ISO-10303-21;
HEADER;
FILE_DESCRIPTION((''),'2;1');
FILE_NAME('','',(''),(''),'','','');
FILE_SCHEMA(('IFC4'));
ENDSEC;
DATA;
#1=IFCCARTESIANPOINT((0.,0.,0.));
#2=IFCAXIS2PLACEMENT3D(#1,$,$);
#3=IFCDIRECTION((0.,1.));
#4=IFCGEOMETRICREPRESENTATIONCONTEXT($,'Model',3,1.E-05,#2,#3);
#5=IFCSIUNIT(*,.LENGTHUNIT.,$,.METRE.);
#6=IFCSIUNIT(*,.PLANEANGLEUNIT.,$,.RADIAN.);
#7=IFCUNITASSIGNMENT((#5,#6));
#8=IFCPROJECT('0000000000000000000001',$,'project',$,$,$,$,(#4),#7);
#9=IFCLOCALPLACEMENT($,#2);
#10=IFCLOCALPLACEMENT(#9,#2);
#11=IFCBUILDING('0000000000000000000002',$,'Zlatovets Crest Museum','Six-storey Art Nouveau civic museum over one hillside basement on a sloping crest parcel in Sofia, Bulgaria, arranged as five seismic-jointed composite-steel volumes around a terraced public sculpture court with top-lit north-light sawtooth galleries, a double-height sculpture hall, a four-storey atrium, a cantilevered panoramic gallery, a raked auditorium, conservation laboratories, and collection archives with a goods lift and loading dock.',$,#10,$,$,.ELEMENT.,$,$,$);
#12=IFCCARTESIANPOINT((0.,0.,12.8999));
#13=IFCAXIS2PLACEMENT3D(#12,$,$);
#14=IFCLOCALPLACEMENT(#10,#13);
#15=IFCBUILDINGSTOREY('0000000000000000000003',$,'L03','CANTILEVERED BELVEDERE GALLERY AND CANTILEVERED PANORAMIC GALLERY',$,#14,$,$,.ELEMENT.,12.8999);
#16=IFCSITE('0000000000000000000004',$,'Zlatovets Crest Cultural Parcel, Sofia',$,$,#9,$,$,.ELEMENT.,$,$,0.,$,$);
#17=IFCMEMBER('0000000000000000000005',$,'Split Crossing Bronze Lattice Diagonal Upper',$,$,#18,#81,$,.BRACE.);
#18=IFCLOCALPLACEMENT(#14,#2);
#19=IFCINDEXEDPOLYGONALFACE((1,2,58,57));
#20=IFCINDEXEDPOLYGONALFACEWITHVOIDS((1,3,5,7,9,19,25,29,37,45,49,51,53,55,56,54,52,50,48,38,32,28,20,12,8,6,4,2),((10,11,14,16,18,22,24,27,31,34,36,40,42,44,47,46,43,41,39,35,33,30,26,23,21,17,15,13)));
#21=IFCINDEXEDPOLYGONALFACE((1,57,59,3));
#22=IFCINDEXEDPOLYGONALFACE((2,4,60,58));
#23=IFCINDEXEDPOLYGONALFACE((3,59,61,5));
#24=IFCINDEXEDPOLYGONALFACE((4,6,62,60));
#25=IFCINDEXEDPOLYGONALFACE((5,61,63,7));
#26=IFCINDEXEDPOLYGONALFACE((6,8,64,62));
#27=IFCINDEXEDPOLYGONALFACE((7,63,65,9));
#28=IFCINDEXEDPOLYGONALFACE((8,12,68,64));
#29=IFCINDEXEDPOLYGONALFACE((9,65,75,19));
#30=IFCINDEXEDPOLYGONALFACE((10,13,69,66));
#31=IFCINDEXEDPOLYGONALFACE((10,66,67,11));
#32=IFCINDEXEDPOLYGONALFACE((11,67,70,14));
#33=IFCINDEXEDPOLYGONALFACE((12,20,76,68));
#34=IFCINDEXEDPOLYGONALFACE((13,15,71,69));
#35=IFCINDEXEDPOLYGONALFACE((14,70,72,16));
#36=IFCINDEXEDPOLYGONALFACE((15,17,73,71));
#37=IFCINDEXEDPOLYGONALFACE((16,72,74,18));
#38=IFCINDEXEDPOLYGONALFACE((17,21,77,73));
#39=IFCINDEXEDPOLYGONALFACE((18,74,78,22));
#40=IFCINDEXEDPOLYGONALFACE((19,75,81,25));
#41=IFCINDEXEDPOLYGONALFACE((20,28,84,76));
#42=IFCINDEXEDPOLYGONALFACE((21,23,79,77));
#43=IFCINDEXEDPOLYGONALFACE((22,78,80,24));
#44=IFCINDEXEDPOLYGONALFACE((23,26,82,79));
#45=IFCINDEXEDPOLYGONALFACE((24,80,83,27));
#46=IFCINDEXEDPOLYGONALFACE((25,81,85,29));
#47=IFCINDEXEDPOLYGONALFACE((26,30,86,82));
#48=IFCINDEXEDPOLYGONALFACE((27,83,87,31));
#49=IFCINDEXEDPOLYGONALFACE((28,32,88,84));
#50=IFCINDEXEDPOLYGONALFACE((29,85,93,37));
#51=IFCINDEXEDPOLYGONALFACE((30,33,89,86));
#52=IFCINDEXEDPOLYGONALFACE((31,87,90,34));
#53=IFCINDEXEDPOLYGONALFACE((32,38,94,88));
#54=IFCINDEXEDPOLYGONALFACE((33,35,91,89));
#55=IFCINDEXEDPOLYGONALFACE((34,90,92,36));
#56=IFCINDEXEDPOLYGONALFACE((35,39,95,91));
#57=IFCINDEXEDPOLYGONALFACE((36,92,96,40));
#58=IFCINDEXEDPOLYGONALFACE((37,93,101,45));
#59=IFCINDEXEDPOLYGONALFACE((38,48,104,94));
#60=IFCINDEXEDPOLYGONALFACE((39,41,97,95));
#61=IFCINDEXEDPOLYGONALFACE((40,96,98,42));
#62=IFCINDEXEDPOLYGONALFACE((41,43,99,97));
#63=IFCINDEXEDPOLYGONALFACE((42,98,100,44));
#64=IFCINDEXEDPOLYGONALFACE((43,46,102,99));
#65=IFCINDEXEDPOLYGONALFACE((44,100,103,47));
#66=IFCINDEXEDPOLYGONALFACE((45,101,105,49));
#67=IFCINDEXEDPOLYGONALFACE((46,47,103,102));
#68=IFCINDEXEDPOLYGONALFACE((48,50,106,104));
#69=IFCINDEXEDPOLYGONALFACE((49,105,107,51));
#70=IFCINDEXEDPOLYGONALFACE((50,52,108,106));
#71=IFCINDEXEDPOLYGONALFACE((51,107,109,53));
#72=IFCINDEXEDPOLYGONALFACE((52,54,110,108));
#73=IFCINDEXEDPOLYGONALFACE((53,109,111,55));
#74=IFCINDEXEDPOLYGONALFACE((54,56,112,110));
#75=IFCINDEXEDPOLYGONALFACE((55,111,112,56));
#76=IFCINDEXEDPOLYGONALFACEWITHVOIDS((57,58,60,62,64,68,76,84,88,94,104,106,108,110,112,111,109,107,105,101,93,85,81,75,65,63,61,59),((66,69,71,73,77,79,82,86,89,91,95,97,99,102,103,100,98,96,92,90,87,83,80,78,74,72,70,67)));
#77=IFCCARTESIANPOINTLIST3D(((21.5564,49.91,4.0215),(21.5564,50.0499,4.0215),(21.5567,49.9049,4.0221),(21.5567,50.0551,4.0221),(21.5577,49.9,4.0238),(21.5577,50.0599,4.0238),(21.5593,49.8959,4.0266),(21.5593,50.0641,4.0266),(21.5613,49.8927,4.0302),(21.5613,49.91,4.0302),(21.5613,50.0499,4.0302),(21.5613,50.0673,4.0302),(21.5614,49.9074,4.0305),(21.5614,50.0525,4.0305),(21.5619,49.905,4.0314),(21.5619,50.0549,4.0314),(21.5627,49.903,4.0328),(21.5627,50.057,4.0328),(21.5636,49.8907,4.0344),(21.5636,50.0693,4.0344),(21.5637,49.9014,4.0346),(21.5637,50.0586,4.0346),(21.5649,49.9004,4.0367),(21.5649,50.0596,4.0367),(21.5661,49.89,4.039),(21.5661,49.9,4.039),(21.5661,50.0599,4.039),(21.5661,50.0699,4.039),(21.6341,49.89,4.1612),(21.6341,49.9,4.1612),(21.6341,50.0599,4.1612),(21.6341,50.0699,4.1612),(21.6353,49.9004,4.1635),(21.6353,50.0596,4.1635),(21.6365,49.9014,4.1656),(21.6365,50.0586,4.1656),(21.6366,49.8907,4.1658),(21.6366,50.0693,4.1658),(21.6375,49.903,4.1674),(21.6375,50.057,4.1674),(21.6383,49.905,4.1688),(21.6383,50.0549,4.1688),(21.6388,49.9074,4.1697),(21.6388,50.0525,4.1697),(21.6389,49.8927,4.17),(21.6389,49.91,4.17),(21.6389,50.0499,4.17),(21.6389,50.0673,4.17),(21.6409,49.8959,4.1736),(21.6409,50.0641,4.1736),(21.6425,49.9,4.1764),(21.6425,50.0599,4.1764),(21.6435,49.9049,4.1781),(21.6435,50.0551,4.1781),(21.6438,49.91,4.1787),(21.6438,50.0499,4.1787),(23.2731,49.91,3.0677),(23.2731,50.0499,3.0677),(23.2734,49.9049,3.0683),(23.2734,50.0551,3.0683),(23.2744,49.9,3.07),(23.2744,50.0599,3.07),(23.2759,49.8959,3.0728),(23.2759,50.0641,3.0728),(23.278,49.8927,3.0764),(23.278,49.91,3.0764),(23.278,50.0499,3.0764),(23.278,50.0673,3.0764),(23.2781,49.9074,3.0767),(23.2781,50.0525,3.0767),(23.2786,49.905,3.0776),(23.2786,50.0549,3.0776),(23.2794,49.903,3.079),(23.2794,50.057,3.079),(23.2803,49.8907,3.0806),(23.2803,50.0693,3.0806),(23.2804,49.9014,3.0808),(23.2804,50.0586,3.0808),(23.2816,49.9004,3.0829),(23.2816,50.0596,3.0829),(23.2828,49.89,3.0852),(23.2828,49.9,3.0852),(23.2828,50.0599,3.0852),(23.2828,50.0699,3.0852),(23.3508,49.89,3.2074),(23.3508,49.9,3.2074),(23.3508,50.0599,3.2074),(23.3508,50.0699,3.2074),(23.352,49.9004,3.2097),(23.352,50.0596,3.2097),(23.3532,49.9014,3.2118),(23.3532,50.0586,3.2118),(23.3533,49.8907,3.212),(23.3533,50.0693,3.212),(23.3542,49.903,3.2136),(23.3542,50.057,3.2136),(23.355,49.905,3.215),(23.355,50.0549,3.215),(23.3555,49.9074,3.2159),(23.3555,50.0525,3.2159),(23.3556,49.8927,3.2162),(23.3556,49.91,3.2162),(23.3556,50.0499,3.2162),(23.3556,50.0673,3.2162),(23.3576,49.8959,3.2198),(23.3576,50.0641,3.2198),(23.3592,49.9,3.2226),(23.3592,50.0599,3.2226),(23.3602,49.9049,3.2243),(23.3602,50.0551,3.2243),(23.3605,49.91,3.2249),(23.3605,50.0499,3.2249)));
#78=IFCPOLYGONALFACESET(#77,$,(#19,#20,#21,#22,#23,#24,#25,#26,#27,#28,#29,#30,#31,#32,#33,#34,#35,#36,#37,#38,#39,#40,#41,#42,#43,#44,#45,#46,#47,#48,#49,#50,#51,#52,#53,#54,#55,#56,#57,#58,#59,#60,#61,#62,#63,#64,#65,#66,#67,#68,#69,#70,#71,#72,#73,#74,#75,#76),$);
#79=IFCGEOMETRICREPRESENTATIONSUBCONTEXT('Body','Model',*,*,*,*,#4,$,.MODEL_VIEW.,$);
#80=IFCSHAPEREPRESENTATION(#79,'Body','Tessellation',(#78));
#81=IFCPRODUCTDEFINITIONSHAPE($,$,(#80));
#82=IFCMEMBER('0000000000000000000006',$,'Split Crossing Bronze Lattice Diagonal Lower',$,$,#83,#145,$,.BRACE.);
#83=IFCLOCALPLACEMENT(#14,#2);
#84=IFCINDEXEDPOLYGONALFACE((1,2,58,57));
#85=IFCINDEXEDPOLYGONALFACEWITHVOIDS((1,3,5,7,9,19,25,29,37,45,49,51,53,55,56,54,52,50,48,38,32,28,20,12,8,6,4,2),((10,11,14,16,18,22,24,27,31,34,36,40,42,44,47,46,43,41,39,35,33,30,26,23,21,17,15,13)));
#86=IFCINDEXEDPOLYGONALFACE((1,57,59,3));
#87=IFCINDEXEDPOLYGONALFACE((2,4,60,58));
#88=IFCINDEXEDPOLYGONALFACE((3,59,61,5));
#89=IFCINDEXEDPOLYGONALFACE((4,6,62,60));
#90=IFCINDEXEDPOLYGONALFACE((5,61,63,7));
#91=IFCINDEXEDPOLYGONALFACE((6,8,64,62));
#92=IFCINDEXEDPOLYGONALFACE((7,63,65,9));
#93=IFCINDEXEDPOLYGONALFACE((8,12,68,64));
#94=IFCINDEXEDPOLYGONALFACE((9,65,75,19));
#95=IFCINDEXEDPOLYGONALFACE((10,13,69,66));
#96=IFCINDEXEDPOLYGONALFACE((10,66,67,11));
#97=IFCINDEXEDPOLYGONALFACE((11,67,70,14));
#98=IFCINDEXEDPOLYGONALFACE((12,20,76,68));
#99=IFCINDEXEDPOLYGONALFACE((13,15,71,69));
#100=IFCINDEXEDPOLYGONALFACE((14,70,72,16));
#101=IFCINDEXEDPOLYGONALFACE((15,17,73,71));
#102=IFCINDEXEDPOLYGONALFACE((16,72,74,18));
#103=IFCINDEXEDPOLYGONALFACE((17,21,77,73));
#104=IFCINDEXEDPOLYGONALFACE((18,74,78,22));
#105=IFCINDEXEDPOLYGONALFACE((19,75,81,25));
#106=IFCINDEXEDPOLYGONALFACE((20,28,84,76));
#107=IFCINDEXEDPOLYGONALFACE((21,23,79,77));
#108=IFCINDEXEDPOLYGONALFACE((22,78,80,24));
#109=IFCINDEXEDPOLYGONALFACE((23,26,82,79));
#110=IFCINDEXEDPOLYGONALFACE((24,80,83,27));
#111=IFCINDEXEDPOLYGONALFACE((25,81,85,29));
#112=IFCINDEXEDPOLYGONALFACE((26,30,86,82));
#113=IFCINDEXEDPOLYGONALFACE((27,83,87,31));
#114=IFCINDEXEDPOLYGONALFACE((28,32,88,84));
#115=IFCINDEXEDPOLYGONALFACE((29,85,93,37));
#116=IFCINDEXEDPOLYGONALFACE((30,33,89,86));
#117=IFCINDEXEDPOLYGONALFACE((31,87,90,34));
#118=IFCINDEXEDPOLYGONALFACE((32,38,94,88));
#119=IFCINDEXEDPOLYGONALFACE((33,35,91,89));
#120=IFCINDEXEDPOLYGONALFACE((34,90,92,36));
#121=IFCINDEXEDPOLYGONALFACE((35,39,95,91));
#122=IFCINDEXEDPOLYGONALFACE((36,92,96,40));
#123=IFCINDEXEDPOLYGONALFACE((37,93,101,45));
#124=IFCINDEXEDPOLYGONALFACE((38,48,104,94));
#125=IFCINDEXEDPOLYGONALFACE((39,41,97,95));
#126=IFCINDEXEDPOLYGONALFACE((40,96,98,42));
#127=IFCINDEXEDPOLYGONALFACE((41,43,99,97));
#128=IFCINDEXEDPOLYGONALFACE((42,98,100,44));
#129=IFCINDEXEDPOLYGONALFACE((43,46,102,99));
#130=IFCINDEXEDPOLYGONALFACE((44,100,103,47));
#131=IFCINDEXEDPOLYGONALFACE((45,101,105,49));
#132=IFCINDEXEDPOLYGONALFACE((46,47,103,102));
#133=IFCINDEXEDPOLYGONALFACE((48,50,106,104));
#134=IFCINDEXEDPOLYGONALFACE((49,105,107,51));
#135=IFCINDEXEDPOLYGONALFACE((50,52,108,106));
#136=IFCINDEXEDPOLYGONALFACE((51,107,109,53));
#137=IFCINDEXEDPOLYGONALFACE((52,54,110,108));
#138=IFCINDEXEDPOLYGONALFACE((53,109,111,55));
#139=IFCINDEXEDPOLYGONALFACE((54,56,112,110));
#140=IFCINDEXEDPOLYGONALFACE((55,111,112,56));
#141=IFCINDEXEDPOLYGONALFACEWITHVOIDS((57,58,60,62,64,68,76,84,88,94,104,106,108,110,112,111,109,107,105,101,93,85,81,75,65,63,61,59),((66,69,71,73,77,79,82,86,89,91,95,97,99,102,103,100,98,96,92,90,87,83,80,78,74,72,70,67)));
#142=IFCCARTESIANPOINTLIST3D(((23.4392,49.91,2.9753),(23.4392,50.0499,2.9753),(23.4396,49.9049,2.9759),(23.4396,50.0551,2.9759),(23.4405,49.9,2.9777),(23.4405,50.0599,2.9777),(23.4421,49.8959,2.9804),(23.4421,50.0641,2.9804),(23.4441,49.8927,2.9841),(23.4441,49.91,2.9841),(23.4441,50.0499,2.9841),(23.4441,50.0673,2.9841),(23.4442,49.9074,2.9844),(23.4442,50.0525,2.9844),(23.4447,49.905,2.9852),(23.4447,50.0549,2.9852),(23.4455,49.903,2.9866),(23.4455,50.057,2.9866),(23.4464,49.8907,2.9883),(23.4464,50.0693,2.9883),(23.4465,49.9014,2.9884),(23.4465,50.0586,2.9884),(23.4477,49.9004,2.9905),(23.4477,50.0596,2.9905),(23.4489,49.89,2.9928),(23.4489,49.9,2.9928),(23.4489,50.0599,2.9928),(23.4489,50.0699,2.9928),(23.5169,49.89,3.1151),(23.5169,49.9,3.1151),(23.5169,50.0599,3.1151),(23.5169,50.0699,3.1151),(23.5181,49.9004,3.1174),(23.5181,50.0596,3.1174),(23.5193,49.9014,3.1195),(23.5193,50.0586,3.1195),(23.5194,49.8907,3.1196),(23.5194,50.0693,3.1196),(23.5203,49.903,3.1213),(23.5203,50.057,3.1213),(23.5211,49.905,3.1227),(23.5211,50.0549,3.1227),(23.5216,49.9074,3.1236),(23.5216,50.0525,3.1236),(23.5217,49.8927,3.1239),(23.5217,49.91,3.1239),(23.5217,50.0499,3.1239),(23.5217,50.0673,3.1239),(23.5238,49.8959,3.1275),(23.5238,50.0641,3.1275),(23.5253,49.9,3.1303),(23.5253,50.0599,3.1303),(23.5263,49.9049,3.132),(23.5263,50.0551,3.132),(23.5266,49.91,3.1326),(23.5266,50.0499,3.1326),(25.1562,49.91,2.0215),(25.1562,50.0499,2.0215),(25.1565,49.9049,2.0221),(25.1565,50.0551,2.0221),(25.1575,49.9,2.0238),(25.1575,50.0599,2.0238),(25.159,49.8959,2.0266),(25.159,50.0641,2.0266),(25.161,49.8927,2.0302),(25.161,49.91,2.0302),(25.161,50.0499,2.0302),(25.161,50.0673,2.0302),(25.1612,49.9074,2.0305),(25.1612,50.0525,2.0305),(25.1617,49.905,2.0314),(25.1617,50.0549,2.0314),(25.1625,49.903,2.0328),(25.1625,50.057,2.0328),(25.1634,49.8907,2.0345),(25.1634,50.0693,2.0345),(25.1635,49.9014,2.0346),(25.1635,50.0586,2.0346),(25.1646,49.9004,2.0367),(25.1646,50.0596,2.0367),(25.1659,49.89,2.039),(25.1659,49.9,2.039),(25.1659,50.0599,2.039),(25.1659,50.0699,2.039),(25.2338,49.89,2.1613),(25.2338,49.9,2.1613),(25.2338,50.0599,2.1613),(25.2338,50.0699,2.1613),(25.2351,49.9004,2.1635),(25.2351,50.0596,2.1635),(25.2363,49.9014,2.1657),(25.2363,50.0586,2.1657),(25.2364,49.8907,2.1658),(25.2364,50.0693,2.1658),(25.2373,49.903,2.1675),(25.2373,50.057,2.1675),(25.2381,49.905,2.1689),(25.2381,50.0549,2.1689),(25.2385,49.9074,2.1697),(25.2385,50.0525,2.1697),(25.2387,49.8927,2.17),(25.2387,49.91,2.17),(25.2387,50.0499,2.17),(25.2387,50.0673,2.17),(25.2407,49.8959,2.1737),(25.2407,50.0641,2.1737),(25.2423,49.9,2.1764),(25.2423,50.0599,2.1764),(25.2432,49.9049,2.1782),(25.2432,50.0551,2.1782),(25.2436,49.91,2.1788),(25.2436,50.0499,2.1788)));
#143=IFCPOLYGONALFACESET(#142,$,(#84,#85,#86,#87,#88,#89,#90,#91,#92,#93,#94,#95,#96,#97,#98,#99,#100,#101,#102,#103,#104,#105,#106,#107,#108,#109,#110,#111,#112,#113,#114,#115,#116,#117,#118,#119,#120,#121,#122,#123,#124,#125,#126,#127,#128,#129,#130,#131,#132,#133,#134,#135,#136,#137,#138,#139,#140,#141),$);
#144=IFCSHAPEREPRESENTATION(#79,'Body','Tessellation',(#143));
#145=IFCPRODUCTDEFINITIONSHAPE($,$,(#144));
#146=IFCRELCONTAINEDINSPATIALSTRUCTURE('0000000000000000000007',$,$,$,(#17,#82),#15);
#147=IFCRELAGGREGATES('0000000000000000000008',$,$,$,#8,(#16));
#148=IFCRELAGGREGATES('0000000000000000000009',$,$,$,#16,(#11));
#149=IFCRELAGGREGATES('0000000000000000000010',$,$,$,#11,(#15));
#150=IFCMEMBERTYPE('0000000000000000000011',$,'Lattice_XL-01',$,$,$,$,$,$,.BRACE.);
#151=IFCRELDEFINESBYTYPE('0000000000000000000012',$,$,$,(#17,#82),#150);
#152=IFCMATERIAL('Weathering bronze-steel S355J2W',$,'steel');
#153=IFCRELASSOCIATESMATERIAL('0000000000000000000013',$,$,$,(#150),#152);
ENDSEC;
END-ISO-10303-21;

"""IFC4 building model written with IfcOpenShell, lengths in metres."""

from ifc_helpers import new_model, si_unit, direction, frame, origin, origin_2d, place, context, subcontext, project, spatial, hollow_rectangle, extrude, material, material_profile, profile_set, type_object, element, save


model = new_model("IFC4")

# Units and contexts
model_context = context("Model", 3, precision=1e-05, world=origin(), true_north=direction((0.0, 1.0)))
body_context = subcontext(model_context, "Body", "Model", "MODEL_VIEW")
ifc_project = project(units=[si_unit("LENGTHUNIT", "METRE"), si_unit("PLANEANGLEUNIT", "RADIAN")], contexts=[model_context])

# Site, building, storey
site_placement = place(None, origin())
site = spatial("IfcSite", under=ifc_project, at=site_placement, Name="Zlatovets Crest Cultural Parcel, Sofia", CompositionType="ELEMENT", RefElevation=0.0)
building_placement = place(site_placement, origin())
building = spatial("IfcBuilding", under=site, at=building_placement, Name="Zlatovets Crest Museum", Description="Six-storey Art Nouveau civic museum over one hillside basement on a sloping crest parcel in Sofia, Bulgaria, arranged as five seismic-jointed composite-steel volumes around a terraced public sculpture court with top-lit north-light sawtooth galleries, a double-height sculpture hall, a four-storey atrium, a cantilevered panoramic gallery, a raked auditorium, conservation laboratories, and collection archives with a goods lift and loading dock.", CompositionType="ELEMENT")
storey_placement = place(building_placement, frame((0.0, 0.0, 12.8999)))
storey = spatial("IfcBuildingStorey", under=building, at=storey_placement, Name="L03", Description="CANTILEVERED BELVEDERE GALLERY AND CANTILEVERED PANORAMIC GALLERY", CompositionType="ELEMENT", Elevation=12.8999)

# Members
ifc_material_1 = material(Name="Weathering bronze-steel S355J2W", Category="steel")
ifc_material_profile_1 = material_profile(ifc_material_1, hollow_rectangle(XDim=0.1799, YDim=0.1799, WallThickness=0.01, InnerFilletRadius=0.01, OuterFilletRadius=0.02, at=origin_2d()), Name="SHS 180x180x10.0")
ifc_profile_set_1 = profile_set([ifc_material_profile_1], Name="Weathering bronze-steel S355J2W")
member_type_1 = type_object("IfcMemberType", Name="Lattice_XL-01", PredefinedType="BRACE", material=ifc_profile_set_1)
member_1_placement = place(storey_placement, frame((21.6001, 49.98, 4.1001), z_axis=(0.87414, 0.0, -0.485675), x_axis=(0.0, 1.0, 0.0)))
element("IfcMember", 1, at=member_1_placement, inside=storey, type_object=member_type_1, Name="Split Crossing Bronze Lattice Diagonal Upper", PredefinedType="BRACE", context=body_context, shape_type="SweptSolid", body=[
    extrude(hollow_rectangle(XDim=0.1799, YDim=0.1799, WallThickness=0.01, InnerFilletRadius=0.01, OuterFilletRadius=0.02, at=origin_2d()), origin(), (0.0, 0.0, 1.0), 1.9639),
])
member_2_placement = place(storey_placement, frame((23.4829, 49.98, 3.054), z_axis=(0.874169, 0.0, -0.485622), x_axis=(0.0, 1.0, 0.0)))
element("IfcMember", 2, at=member_2_placement, inside=storey, type_object=member_type_1, Name="Split Crossing Bronze Lattice Diagonal Lower", PredefinedType="BRACE", context=body_context, shape_type="SweptSolid", body=[
    extrude(hollow_rectangle(XDim=0.1799, YDim=0.1799, WallThickness=0.01, InnerFilletRadius=0.01, OuterFilletRadius=0.02, at=origin_2d()), origin(), (0.0, 0.0, 1.0), 1.9641),
])

save(model, "model.ifc")
